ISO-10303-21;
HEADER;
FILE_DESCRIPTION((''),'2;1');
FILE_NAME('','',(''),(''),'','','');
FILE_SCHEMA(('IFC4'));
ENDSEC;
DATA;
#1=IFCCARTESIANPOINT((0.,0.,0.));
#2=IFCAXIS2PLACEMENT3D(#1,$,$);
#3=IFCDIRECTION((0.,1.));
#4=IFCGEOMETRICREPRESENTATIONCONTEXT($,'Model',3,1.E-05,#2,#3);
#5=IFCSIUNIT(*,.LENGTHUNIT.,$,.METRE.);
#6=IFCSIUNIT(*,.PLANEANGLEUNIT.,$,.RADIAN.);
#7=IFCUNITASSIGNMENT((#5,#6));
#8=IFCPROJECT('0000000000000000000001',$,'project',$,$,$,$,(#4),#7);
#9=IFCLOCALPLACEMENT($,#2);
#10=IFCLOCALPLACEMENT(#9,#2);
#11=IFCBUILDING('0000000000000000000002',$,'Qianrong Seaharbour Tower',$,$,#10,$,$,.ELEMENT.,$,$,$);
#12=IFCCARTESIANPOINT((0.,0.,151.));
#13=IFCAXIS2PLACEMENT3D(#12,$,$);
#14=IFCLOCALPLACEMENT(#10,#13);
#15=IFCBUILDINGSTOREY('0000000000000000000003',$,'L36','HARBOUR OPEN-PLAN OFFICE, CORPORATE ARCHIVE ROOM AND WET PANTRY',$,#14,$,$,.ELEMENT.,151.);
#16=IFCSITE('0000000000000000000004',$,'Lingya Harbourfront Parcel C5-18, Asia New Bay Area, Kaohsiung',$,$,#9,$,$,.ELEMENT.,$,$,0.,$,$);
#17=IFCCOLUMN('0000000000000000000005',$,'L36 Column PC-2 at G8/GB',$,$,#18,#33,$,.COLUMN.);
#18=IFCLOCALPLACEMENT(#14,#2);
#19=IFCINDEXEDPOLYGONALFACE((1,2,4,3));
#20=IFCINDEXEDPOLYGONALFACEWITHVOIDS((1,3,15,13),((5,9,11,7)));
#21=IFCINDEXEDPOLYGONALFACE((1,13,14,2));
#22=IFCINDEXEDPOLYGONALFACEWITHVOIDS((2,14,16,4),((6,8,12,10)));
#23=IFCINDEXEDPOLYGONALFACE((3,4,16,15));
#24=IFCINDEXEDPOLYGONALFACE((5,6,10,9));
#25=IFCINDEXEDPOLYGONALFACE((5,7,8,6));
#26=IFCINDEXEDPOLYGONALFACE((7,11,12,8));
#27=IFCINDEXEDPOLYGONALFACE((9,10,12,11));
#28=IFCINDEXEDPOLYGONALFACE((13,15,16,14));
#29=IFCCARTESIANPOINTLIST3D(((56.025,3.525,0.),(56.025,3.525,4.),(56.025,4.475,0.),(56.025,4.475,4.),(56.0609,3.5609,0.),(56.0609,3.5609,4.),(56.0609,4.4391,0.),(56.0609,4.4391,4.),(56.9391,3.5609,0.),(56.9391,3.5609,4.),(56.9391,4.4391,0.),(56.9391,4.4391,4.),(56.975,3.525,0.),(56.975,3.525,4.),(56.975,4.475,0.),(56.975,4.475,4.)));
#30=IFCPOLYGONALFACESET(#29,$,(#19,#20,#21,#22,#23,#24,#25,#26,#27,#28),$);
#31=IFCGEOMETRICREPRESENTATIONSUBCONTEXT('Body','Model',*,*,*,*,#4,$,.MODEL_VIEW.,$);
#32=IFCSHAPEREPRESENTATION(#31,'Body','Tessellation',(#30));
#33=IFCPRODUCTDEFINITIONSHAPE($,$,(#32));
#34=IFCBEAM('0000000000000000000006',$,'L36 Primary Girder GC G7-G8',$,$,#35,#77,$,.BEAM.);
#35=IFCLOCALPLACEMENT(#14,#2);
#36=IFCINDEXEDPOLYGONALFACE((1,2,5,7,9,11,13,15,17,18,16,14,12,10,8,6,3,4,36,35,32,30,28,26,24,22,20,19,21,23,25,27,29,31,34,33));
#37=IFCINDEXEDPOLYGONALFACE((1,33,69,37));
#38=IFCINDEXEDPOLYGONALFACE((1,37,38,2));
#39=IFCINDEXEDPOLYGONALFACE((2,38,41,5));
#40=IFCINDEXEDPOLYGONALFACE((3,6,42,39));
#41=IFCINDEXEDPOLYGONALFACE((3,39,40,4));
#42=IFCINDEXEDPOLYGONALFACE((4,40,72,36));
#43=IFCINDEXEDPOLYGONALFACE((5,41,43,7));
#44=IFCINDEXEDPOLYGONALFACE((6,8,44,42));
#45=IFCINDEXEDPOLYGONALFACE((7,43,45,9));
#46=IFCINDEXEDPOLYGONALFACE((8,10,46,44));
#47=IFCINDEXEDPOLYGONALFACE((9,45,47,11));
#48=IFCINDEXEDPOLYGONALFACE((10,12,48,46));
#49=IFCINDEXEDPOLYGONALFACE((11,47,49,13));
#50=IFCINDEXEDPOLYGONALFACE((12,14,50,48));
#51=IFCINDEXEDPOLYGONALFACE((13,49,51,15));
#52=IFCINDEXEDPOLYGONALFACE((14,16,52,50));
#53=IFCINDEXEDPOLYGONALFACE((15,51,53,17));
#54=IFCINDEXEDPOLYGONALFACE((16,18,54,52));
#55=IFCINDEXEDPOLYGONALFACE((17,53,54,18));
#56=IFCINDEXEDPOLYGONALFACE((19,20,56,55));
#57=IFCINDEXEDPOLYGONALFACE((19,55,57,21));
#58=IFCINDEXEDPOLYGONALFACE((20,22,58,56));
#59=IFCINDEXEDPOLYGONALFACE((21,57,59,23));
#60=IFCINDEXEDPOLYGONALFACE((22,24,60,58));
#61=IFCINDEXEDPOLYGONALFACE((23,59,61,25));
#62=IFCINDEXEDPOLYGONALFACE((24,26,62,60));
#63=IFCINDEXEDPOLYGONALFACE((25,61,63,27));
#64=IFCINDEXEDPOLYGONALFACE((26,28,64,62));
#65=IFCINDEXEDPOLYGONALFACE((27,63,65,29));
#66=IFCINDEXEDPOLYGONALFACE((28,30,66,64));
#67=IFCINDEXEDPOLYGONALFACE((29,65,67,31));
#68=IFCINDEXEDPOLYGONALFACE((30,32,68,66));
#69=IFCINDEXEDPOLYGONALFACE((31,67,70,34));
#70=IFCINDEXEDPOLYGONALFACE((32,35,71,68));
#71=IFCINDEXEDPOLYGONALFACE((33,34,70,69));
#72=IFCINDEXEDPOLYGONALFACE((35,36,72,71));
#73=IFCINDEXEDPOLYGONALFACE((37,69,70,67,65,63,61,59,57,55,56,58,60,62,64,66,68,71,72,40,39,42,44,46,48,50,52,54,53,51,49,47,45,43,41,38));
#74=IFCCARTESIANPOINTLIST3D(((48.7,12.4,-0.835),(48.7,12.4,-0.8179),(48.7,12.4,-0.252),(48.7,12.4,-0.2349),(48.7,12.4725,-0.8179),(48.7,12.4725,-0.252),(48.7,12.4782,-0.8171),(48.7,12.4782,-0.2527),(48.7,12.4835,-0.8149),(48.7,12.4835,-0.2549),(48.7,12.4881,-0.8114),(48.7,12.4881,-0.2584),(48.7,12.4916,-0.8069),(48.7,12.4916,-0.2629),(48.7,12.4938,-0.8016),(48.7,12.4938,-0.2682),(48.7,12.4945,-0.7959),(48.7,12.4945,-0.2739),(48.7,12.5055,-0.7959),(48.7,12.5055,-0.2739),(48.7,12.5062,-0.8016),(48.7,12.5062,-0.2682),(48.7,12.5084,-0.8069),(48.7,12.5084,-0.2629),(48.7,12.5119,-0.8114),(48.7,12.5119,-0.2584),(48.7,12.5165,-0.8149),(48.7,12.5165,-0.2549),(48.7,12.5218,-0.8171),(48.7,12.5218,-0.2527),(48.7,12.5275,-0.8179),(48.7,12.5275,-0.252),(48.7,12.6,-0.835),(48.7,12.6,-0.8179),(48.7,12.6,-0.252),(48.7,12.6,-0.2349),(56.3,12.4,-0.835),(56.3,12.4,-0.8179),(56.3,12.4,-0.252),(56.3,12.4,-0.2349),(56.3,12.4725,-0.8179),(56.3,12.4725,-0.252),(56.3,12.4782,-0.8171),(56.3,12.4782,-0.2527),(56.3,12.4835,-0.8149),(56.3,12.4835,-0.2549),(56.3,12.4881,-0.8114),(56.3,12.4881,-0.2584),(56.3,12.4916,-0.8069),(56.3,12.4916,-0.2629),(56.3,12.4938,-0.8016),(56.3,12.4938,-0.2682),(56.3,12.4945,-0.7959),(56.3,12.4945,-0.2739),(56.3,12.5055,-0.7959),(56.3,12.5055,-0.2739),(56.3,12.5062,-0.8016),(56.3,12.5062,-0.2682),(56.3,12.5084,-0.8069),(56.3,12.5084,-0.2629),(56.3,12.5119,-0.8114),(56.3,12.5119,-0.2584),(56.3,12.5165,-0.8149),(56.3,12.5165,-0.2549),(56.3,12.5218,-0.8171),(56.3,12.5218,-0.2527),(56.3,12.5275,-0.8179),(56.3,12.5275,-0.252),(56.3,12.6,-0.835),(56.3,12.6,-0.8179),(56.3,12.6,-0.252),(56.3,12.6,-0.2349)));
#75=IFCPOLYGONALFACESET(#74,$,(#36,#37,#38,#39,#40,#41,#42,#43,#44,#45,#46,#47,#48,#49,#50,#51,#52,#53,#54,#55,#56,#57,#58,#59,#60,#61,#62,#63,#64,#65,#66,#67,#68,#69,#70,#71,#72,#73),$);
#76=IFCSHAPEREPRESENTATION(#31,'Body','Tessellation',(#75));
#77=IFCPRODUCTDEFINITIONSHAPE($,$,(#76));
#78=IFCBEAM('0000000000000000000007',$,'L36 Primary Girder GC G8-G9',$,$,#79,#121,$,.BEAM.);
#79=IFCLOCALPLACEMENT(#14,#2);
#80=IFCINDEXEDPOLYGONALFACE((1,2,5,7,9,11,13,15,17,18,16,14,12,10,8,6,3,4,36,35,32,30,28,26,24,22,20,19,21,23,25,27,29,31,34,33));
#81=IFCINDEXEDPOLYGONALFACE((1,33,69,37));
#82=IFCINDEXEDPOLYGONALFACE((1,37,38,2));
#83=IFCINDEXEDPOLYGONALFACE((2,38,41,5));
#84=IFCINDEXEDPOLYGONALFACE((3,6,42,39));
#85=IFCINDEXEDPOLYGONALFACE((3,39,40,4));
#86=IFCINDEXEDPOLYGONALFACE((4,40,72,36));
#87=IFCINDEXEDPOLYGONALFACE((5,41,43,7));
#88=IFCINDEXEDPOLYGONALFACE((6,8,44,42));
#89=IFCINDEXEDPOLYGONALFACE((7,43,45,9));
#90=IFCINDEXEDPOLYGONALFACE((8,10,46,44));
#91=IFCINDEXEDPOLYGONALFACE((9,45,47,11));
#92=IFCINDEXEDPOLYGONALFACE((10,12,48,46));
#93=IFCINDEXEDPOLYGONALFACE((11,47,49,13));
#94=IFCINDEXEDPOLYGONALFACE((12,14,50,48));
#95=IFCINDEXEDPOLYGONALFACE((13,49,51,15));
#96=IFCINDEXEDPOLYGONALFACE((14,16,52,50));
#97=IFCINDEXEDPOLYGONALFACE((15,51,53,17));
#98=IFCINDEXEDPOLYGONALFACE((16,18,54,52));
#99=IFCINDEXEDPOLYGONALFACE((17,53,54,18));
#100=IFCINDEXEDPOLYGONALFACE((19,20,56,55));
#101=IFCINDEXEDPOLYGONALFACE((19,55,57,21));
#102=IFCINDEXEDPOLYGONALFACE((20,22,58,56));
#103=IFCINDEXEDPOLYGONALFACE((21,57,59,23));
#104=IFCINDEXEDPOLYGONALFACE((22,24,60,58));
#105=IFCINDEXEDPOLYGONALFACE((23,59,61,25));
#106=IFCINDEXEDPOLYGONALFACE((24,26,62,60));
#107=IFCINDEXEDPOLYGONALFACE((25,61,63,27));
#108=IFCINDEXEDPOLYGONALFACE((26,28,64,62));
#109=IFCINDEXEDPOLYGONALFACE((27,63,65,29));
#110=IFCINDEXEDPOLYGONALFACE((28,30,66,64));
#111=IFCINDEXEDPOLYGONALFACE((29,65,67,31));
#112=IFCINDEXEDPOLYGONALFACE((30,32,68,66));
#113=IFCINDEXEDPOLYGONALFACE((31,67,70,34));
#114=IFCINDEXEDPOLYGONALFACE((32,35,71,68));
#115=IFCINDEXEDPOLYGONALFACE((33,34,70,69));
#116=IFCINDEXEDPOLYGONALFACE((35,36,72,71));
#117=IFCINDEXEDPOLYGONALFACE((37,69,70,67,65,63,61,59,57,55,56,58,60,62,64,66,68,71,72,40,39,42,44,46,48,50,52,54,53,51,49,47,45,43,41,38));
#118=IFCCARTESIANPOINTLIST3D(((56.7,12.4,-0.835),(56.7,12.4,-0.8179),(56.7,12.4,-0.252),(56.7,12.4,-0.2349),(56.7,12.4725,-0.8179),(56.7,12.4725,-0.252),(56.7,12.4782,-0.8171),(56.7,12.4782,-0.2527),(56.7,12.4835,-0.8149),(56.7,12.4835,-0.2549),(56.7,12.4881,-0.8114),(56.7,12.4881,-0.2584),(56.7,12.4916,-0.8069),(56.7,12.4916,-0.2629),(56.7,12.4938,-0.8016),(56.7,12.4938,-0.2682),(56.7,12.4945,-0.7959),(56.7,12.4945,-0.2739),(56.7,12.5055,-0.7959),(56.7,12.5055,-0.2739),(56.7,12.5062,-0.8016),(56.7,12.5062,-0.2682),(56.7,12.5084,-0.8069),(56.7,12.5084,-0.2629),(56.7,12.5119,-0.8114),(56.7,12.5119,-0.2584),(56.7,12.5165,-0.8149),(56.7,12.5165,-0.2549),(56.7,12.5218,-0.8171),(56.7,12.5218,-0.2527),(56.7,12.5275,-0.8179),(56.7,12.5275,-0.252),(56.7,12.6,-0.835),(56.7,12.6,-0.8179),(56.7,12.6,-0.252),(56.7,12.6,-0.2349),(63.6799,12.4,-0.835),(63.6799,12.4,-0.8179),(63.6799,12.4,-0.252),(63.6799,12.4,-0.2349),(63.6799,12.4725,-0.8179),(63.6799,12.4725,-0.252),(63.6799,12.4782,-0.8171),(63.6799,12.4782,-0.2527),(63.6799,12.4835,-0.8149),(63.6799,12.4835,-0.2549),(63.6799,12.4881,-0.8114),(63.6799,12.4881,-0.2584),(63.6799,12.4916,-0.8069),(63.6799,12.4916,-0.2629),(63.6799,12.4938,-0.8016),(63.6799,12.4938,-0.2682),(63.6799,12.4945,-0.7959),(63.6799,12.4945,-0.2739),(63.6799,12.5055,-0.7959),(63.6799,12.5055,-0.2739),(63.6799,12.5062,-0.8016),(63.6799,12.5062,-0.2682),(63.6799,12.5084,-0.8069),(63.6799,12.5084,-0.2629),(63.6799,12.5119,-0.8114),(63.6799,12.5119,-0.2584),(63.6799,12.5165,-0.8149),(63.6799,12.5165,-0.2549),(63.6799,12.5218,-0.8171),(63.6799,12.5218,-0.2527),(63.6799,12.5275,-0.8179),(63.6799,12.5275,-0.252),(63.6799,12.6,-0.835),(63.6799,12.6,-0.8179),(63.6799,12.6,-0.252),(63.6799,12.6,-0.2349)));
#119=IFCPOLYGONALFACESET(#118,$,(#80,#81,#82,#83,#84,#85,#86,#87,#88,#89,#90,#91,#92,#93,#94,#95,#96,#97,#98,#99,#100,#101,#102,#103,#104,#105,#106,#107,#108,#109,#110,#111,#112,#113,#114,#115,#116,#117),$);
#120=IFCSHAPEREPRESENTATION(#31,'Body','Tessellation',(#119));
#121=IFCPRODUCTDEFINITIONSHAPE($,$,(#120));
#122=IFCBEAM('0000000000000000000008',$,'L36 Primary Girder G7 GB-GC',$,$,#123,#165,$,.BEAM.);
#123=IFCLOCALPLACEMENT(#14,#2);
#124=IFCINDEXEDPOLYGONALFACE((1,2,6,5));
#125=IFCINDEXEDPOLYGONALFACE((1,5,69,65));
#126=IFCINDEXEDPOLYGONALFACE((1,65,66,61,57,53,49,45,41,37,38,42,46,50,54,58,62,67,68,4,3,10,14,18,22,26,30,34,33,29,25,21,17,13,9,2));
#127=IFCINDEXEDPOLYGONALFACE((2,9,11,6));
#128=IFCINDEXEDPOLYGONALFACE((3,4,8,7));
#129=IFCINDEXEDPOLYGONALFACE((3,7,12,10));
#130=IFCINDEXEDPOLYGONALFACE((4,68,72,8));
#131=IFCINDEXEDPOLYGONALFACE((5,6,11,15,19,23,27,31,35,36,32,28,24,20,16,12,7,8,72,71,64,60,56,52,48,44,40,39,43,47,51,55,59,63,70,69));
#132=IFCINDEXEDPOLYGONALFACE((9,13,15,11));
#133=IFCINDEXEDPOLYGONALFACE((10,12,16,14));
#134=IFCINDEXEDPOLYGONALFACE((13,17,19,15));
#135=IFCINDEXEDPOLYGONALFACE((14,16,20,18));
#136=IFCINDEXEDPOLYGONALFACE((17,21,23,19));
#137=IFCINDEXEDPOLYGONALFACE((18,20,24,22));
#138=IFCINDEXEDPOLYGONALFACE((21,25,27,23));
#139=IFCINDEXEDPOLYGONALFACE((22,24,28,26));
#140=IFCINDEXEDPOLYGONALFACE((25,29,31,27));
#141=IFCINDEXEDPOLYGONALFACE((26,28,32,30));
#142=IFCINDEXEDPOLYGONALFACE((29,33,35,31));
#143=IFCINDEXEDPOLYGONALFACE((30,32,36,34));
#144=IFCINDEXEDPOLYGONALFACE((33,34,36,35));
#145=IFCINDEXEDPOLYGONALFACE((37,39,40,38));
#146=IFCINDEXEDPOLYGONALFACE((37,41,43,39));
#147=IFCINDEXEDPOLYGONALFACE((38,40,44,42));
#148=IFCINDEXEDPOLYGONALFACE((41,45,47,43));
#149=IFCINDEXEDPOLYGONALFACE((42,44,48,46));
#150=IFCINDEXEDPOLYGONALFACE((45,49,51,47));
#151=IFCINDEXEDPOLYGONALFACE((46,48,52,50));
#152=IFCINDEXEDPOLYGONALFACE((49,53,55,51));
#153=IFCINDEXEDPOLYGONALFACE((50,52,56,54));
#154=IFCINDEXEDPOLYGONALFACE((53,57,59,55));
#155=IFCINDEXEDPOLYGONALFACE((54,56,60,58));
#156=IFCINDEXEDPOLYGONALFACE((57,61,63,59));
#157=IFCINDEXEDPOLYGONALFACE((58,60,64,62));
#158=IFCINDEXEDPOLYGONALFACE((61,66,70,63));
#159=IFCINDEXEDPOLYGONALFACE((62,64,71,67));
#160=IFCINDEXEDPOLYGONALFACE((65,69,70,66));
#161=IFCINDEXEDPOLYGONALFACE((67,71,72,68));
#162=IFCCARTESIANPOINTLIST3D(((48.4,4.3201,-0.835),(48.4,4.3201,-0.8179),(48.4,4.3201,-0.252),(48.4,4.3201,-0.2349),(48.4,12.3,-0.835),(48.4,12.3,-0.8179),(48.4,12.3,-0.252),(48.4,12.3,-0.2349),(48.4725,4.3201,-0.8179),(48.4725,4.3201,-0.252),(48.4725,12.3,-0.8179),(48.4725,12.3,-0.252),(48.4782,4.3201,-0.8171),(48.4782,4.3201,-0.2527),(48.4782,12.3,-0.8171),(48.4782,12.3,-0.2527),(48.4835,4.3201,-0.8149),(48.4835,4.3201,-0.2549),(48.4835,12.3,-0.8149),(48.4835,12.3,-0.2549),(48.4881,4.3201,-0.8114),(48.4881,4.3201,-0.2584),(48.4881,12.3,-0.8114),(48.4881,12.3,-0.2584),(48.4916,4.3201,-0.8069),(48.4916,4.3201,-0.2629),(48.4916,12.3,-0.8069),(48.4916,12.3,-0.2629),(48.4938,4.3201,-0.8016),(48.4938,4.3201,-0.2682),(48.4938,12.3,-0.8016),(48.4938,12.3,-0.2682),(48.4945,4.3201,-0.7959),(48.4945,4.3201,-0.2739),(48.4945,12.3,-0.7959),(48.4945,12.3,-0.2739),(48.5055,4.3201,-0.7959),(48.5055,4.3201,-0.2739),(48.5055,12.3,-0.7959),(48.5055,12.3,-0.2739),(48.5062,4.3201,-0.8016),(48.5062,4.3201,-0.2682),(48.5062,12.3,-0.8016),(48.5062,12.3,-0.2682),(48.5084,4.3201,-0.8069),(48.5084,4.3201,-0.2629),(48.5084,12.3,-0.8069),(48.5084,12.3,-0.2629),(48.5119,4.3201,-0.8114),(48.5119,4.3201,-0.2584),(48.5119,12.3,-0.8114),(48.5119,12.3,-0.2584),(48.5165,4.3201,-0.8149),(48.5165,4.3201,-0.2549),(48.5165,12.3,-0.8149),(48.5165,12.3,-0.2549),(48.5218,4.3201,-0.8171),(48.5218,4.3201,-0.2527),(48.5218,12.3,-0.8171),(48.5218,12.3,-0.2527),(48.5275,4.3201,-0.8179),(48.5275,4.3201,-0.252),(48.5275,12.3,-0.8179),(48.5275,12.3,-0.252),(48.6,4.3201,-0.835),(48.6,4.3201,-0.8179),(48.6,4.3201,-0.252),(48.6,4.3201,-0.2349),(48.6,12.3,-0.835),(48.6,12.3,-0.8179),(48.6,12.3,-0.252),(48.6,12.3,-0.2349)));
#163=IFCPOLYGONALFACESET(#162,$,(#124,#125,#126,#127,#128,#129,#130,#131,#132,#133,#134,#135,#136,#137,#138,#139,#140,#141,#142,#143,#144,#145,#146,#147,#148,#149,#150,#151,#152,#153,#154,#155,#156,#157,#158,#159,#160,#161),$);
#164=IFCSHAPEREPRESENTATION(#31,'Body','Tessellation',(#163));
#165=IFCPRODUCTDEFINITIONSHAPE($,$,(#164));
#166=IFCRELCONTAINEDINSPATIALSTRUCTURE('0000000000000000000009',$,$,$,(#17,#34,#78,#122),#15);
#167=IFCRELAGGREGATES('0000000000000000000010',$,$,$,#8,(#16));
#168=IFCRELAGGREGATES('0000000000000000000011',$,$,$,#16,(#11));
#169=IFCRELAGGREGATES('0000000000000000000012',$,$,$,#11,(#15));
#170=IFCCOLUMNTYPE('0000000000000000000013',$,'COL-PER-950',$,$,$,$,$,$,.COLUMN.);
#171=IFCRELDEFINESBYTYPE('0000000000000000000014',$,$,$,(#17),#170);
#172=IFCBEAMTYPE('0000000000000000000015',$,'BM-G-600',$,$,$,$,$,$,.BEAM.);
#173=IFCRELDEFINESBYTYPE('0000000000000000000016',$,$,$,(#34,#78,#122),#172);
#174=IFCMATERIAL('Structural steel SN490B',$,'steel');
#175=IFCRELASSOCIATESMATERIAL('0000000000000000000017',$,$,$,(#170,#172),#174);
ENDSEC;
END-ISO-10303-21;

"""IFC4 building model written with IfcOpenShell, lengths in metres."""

from ifc_helpers import new_model, si_unit, direction, frame, origin, origin_2d, place, context, subcontext, project, spatial, hollow_rectangle, i_section, extrude, material, material_profile, profile_set, type_object, element, save


model = new_model("IFC4")

# Units and contexts
model_context = context("Model", 3, precision=1e-05, world=origin(), true_north=direction((0.0, 1.0)))
body_context = subcontext(model_context, "Body", "Model", "MODEL_VIEW")
ifc_project = project(units=[si_unit("LENGTHUNIT", "METRE"), si_unit("PLANEANGLEUNIT", "RADIAN")], contexts=[model_context])

# Site, building, storey
site_placement = place(None, origin())
site = spatial("IfcSite", under=ifc_project, at=site_placement, Name="Lingya Harbourfront Parcel C5-18, Asia New Bay Area, Kaohsiung", CompositionType="ELEMENT", RefElevation=0.0)
building_placement = place(site_placement, origin())
building = spatial("IfcBuilding", under=site, at=building_placement, Name="Qianrong Seaharbour Tower", CompositionType="ELEMENT")
storey_placement = place(building_placement, frame((0.0, 0.0, 151.0)))
storey = spatial("IfcBuildingStorey", under=building, at=storey_placement, Name="L36", Description="HARBOUR OPEN-PLAN OFFICE, CORPORATE ARCHIVE ROOM AND WET PANTRY", CompositionType="ELEMENT", Elevation=151.0)

# Column
ifc_material_1 = material(Name="Structural steel SN490B", Category="steel")
ifc_material_profile_1 = material_profile(ifc_material_1, hollow_rectangle(XDim=0.95, YDim=0.95, WallThickness=0.0359, at=origin_2d()), Name="BOX950x950x36")
ifc_profile_set_1 = profile_set([ifc_material_profile_1], Name="Structural steel SN490B")
column_type_1 = type_object("IfcColumnType", Name="COL-PER-950", PredefinedType="COLUMN", material=ifc_profile_set_1)
for number, where, z_axis, x_axis, name in (
    (1, (56.5, 4.0, 0.0), (0.0, 0.0, 1.0), (1.0, 0.0, 0.0), "L36 Column PC-2 at G8/GB"),
):
    element("IfcColumn", number, at=place(storey_placement, frame(where, z_axis=z_axis, x_axis=x_axis)), inside=storey, type_object=column_type_1, Name=name, PredefinedType="COLUMN", context=body_context, shape_type="SweptSolid", body=[
        extrude(hollow_rectangle(XDim=0.95, YDim=0.95, WallThickness=0.0359, at=origin_2d()), origin(), (0.0, 0.0, 1.0), 4.0),
    ])

# Beams
ifc_material_profile_2 = material_profile(ifc_material_1, i_section(OverallWidth=0.2, OverallDepth=0.6001, WebThickness=0.011, FlangeThickness=0.0171, FilletRadius=0.022, at=origin_2d()), Name="H600x200x11x17")
ifc_profile_set_2 = profile_set([ifc_material_profile_2], Name="Structural steel SN490B")
beam_type_1 = type_object("IfcBeamType", Name="BM-G-600", PredefinedType="BEAM", material=ifc_profile_set_2)
beam_1_placement = place(storey_placement, frame((48.7, 12.5, -0.5349), z_axis=(1.0, 0.0, 0.0), x_axis=(0.0, 1.0, 0.0)))
element("IfcBeam", 2, at=beam_1_placement, inside=storey, type_object=beam_type_1, Name="L36 Primary Girder GC G7-G8", PredefinedType="BEAM", context=body_context, shape_type="SweptSolid", body=[
    extrude(i_section(OverallWidth=0.2, OverallDepth=0.6001, WebThickness=0.011, FlangeThickness=0.0171, FilletRadius=0.022, at=origin_2d()), origin(), (0.0, 0.0, 1.0), 7.6001),
])
beam_2_placement = place(storey_placement, frame((56.7, 12.5, -0.5349), z_axis=(1.0, 0.0, 0.0), x_axis=(0.0, 1.0, 0.0)))
element("IfcBeam", 3, at=beam_2_placement, inside=storey, type_object=beam_type_1, Name="L36 Primary Girder GC G8-G9", PredefinedType="BEAM", context=body_context, shape_type="SweptSolid", body=[
    extrude(i_section(OverallWidth=0.2, OverallDepth=0.6001, WebThickness=0.011, FlangeThickness=0.0171, FilletRadius=0.022, at=origin_2d()), origin(), (0.0, 0.0, 1.0), 6.98),
])
beam_3_placement = place(storey_placement, frame((48.5, 4.3201, -0.5349), z_axis=(0.0, 1.0, 0.0), x_axis=(-1.0, 0.0, 0.0)))
element("IfcBeam", 4, at=beam_3_placement, inside=storey, type_object=beam_type_1, Name="L36 Primary Girder G7 GB-GC", PredefinedType="BEAM", context=body_context, shape_type="SweptSolid", body=[
    extrude(i_section(OverallWidth=0.2, OverallDepth=0.6001, WebThickness=0.011, FlangeThickness=0.0171, FilletRadius=0.022, at=origin_2d()), origin(), (0.0, 0.0, 1.0), 7.98),
])

save(model, "model.ifc")
